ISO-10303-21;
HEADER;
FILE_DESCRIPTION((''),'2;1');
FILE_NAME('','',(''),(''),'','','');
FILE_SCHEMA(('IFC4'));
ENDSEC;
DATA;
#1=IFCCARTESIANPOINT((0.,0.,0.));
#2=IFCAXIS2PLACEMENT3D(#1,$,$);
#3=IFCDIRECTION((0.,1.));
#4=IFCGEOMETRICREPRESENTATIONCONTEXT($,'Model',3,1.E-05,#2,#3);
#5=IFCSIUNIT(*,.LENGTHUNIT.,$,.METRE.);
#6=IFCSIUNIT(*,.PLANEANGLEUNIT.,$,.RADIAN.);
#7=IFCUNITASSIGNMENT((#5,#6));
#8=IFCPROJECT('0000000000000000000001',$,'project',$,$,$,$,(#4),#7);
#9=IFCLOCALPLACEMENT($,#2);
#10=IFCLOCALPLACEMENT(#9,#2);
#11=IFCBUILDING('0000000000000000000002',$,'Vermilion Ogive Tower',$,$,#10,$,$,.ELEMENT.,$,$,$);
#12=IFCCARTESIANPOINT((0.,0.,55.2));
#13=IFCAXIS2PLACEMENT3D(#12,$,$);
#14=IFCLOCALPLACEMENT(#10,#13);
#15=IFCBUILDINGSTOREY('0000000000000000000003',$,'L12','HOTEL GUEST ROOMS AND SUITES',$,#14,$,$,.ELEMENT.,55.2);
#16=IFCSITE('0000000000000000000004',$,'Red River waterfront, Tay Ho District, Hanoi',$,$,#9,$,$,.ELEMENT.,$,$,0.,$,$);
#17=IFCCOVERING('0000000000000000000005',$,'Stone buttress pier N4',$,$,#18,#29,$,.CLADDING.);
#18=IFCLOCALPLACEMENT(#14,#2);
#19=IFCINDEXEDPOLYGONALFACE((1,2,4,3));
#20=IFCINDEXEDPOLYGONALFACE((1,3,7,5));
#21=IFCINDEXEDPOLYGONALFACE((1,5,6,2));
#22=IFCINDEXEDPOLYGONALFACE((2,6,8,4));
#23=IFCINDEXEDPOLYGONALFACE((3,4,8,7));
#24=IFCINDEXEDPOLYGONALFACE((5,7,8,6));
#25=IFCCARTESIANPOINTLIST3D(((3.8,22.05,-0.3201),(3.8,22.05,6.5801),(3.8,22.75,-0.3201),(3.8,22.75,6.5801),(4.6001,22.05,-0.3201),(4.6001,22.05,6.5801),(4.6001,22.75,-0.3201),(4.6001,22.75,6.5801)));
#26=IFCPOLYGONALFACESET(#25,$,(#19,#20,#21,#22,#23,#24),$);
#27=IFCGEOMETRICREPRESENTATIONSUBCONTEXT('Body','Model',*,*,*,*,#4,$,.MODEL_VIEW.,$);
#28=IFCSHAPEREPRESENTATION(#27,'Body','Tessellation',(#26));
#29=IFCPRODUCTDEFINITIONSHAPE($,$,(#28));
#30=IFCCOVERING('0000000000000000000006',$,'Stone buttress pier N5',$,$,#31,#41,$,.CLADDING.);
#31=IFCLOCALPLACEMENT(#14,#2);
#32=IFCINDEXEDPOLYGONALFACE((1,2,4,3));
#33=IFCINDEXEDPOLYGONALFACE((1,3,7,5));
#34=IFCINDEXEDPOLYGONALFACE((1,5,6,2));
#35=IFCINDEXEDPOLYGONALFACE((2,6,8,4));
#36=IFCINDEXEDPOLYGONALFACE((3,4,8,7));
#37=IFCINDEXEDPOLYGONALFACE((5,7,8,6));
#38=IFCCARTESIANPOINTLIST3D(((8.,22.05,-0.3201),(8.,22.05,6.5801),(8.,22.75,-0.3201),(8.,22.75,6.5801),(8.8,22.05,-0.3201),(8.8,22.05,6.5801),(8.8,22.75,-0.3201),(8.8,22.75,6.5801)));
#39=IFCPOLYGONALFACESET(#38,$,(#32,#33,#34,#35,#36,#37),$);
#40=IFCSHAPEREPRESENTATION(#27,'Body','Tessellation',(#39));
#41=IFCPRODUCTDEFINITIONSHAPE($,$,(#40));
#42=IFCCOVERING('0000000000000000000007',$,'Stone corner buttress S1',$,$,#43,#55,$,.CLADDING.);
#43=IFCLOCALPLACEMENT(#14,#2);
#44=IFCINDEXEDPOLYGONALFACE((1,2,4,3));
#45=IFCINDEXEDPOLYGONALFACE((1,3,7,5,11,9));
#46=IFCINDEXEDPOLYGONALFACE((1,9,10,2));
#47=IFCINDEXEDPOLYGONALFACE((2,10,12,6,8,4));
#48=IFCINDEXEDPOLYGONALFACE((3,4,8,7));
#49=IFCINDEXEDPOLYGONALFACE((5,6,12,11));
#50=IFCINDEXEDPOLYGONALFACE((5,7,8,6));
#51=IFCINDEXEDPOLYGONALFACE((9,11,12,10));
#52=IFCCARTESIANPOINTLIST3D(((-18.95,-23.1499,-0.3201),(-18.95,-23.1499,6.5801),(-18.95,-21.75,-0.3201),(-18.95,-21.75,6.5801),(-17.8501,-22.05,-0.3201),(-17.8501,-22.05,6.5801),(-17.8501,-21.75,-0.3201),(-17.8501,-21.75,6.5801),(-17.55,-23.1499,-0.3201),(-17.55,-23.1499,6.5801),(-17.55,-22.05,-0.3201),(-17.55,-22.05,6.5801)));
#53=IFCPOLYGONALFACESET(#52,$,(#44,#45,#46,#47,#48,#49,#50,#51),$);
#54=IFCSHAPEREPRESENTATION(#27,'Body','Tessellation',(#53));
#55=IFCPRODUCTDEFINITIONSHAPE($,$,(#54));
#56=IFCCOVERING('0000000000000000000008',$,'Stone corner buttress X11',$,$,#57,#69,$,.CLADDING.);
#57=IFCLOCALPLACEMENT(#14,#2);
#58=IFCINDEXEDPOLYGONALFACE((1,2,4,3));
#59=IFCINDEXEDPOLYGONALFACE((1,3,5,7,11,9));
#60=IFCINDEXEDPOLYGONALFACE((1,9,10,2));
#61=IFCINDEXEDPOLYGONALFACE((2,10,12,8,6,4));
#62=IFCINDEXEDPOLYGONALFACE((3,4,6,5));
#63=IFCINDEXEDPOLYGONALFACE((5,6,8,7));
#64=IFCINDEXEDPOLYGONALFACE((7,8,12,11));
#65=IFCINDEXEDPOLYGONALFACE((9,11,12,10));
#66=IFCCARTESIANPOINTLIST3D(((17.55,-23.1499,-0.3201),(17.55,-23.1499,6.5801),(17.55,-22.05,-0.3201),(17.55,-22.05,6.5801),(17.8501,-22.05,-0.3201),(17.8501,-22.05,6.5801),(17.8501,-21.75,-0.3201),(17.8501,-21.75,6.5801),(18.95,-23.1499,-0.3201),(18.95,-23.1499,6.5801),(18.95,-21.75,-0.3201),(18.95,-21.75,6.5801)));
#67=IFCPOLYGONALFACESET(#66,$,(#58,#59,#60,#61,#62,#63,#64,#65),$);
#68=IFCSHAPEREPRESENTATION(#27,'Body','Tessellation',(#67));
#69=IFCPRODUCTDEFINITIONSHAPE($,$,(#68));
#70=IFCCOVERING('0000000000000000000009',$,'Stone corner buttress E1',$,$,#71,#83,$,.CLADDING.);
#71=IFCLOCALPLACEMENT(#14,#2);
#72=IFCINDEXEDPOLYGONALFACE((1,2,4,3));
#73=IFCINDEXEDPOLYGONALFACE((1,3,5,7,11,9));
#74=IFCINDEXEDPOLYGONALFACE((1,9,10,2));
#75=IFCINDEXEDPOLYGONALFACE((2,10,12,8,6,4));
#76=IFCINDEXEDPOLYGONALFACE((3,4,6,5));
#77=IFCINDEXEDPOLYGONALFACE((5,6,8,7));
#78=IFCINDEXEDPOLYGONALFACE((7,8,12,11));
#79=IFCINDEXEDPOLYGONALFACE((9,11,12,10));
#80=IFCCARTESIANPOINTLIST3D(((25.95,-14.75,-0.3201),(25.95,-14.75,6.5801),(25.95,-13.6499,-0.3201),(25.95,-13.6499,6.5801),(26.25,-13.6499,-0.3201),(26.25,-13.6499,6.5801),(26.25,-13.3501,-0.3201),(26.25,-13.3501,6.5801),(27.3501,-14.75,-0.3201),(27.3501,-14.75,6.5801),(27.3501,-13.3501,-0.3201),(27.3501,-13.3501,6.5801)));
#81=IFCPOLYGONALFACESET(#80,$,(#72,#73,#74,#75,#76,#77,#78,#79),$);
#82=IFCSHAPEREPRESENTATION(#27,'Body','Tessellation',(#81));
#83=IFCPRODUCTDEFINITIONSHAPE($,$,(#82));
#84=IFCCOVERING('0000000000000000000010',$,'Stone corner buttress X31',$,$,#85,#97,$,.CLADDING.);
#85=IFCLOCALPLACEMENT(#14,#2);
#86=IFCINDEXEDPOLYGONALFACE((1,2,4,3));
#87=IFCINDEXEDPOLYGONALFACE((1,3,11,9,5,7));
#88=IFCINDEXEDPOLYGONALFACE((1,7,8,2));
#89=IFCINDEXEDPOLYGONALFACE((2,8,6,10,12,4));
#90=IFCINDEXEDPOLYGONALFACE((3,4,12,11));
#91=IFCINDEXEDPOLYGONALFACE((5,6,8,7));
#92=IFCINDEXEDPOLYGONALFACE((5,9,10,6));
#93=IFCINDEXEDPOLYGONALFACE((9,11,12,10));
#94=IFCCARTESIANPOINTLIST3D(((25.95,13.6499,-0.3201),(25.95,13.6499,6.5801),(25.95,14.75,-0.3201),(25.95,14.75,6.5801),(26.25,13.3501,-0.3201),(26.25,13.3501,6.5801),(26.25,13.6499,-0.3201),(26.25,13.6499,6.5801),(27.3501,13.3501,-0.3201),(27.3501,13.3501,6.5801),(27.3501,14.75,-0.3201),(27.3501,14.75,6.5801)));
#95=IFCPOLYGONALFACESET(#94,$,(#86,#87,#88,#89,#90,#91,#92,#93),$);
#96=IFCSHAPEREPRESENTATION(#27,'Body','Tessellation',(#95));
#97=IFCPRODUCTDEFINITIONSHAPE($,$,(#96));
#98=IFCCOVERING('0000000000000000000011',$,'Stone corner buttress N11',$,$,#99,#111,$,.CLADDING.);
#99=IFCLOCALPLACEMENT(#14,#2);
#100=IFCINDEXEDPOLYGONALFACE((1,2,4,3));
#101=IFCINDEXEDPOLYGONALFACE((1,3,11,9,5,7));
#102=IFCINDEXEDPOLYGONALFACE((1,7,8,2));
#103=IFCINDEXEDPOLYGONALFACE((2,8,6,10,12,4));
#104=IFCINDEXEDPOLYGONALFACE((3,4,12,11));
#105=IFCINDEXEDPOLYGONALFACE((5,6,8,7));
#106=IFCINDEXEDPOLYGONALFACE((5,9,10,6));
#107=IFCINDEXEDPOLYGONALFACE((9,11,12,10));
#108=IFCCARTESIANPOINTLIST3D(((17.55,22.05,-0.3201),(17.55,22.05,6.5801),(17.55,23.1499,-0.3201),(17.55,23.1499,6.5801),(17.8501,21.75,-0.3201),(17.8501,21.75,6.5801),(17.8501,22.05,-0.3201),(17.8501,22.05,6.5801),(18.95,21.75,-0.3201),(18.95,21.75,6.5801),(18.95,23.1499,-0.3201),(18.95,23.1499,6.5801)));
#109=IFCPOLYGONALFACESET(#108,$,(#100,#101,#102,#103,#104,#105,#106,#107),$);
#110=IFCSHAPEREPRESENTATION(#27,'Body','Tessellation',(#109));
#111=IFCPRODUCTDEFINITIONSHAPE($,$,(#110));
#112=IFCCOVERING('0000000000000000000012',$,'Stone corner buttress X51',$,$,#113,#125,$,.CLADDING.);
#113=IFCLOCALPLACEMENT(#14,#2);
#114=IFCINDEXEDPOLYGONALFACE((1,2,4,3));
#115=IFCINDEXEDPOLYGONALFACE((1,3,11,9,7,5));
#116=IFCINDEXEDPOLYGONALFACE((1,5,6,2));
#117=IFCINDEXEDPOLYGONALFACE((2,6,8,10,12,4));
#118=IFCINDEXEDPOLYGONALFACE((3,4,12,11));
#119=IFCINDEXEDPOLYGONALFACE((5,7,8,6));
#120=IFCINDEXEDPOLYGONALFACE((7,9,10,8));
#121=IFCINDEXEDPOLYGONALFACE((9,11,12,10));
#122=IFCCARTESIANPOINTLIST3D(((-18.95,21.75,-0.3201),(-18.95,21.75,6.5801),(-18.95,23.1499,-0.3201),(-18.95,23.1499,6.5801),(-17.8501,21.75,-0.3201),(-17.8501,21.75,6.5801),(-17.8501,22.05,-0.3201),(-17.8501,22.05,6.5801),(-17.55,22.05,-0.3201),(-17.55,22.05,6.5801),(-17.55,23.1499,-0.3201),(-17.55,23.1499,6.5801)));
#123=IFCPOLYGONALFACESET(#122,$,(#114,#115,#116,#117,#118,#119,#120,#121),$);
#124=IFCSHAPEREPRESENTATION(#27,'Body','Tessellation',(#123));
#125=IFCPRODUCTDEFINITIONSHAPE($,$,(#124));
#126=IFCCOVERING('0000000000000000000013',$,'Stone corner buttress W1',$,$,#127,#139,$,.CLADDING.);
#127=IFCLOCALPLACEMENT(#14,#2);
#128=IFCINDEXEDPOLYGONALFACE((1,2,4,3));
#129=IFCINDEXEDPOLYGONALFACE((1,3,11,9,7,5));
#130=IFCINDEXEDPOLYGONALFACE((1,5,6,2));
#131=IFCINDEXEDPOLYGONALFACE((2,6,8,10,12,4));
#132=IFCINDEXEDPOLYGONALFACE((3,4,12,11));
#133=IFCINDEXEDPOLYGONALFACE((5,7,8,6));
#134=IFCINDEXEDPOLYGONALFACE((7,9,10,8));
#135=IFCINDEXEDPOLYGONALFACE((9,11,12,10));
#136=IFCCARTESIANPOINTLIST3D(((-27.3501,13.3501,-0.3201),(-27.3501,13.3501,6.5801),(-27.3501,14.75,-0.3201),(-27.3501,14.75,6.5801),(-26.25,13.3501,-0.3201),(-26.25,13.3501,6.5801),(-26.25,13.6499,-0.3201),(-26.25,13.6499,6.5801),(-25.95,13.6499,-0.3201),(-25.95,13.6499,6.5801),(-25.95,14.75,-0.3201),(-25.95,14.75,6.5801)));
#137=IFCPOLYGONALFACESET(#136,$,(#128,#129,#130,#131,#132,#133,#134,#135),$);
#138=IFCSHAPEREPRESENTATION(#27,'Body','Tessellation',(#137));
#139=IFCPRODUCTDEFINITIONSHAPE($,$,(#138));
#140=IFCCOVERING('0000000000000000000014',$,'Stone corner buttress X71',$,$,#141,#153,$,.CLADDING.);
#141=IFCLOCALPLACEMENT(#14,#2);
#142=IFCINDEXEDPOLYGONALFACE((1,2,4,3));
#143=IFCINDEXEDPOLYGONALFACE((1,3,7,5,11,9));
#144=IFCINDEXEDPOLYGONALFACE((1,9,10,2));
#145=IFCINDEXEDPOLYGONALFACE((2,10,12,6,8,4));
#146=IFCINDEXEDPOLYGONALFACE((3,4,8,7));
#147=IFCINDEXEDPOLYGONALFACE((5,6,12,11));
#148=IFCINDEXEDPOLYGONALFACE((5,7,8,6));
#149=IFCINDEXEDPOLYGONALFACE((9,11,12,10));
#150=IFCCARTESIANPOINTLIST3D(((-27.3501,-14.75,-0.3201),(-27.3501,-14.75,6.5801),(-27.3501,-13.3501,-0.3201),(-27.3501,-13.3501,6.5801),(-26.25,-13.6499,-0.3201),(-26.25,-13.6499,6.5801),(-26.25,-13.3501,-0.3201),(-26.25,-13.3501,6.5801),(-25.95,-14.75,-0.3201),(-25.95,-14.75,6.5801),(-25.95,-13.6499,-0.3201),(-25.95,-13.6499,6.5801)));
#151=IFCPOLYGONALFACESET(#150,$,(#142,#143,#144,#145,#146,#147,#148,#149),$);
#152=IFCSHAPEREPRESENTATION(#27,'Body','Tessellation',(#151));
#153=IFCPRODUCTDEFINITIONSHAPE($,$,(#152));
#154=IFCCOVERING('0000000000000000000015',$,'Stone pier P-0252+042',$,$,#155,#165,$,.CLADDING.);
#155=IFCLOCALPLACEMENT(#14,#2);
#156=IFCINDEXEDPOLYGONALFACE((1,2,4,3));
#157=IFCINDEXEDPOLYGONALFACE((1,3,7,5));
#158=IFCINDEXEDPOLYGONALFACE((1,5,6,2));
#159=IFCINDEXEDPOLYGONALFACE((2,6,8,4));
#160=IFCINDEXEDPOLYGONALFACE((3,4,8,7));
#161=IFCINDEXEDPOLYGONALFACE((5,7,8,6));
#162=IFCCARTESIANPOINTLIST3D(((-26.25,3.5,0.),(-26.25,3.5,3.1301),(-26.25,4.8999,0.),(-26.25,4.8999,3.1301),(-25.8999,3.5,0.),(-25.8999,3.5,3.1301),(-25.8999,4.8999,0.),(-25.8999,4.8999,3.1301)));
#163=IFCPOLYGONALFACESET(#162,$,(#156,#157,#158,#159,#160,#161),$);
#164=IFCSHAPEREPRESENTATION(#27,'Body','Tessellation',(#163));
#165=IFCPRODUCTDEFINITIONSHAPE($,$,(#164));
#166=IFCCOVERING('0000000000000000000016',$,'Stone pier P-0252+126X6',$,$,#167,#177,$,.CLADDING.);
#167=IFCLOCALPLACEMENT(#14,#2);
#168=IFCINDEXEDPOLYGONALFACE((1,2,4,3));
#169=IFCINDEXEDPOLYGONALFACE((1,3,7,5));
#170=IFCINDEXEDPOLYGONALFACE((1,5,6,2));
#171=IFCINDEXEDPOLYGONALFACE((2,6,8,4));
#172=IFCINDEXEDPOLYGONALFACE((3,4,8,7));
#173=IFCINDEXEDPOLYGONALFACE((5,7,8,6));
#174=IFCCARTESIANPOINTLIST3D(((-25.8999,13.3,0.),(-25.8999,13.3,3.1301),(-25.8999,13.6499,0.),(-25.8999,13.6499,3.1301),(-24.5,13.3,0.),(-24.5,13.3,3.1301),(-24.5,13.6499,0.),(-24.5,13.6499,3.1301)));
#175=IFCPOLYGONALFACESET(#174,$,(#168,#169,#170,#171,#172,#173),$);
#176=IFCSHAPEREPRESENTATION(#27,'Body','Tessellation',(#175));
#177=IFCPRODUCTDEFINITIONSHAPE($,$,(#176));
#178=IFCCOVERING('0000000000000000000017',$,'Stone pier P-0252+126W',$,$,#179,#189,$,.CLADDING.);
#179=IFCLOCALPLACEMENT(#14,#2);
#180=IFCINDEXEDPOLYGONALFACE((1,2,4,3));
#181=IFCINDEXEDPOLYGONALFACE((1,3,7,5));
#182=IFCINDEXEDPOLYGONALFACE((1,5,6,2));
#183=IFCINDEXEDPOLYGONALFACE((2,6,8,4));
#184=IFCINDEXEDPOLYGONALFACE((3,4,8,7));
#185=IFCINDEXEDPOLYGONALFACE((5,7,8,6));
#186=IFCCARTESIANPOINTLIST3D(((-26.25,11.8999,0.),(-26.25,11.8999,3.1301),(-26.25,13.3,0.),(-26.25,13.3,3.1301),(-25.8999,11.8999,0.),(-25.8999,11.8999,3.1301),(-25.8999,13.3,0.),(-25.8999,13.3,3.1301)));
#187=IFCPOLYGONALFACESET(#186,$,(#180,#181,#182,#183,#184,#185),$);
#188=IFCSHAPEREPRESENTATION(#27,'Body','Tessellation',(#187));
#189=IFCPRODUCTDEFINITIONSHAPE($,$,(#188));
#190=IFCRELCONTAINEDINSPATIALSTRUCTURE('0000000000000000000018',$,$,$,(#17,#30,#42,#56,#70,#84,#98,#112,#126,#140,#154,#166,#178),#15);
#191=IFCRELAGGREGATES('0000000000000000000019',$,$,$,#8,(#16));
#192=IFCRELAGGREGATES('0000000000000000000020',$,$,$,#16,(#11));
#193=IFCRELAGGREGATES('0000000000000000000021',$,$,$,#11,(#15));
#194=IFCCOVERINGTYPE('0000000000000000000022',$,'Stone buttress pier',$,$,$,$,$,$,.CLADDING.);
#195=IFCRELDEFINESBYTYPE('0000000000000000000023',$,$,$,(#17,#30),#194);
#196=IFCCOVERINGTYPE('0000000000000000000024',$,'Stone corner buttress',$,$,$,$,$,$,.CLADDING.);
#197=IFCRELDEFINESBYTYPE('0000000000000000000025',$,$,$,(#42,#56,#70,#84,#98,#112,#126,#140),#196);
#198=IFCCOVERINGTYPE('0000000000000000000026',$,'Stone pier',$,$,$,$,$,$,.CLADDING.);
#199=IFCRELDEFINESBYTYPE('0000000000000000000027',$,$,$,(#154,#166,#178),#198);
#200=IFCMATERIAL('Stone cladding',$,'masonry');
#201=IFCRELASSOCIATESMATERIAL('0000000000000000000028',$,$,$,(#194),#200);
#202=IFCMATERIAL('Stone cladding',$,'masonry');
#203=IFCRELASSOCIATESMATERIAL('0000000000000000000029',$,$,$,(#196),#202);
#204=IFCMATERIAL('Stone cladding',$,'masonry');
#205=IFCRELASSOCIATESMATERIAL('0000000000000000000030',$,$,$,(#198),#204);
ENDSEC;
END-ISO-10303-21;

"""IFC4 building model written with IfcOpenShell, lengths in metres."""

from ifc_helpers import new_model, si_unit, direction, frame, origin, place, context, subcontext, project, spatial, polyline, outline, extrude, material, type_object, element, save


model = new_model("IFC4")

# Units and contexts
model_context = context("Model", 3, precision=1e-05, world=origin(), true_north=direction((0.0, 1.0)))
body_context = subcontext(model_context, "Body", "Model", "MODEL_VIEW")
ifc_project = project(units=[si_unit("LENGTHUNIT", "METRE"), si_unit("PLANEANGLEUNIT", "RADIAN")], contexts=[model_context])

# Site, building, storey
site_placement = place(None, origin())
site = spatial("IfcSite", under=ifc_project, at=site_placement, Name="Red River waterfront, Tay Ho District, Hanoi", CompositionType="ELEMENT", RefElevation=0.0)
building_placement = place(site_placement, origin())
building = spatial("IfcBuilding", under=site, at=building_placement, Name="Vermilion Ogive Tower", CompositionType="ELEMENT")
storey_placement = place(building_placement, frame((0.0, 0.0, 55.2)))
storey = spatial("IfcBuildingStorey", under=building, at=storey_placement, Name="L12", Description="HOTEL GUEST ROOMS AND SUITES", CompositionType="ELEMENT", Elevation=55.2)

# Coverings
ifc_material_1 = material(Name="Stone cladding", Category="masonry")
covering_type_1 = type_object("IfcCoveringType", Name="Stone buttress pier", PredefinedType="CLADDING", material=ifc_material_1)
covering_1_placement = place(storey_placement, frame((0.0, 0.0, -0.3201)))
element("IfcCovering", 1, at=covering_1_placement, inside=storey, type_object=covering_type_1, Name="Stone buttress pier N4", PredefinedType="CLADDING", context=body_context, shape_type="SweptSolid", body=[
    extrude(outline(polyline([(4.6001, 22.75), (4.6001, 22.05), (3.8, 22.05), (3.8, 22.75), (4.6001, 22.75)])), origin(), (0.0, 0.0, 1.0), 6.9001),
])
covering_2_placement = place(storey_placement, frame((0.0, 0.0, -0.3201)))
element("IfcCovering", 2, at=covering_2_placement, inside=storey, type_object=covering_type_1, Name="Stone buttress pier N5", PredefinedType="CLADDING", context=body_context, shape_type="SweptSolid", body=[
    extrude(outline(polyline([(8.8, 22.75), (8.8, 22.05), (8.0, 22.05), (8.0, 22.75), (8.8, 22.75)])), origin(), (0.0, 0.0, 1.0), 6.9001),
])
ifc_material_2 = material(Name="Stone cladding", Category="masonry")
covering_type_2 = type_object("IfcCoveringType", Name="Stone corner buttress", PredefinedType="CLADDING", material=ifc_material_2)
covering_3_placement = place(storey_placement, frame((0.0, 0.0, -0.3201)))
element("IfcCovering", 3, at=covering_3_placement, inside=storey, type_object=covering_type_2, Name="Stone corner buttress S1", PredefinedType="CLADDING", context=body_context, shape_type="SweptSolid", body=[
    extrude(outline(polyline([(-17.8501, -22.05), (-17.55, -22.05), (-17.55, -23.1499), (-18.95, -23.1499), (-18.95, -21.75), (-17.8501, -21.75), (-17.8501, -22.05)])), origin(), (0.0, 0.0, 1.0), 6.9001),
])
covering_4_placement = place(storey_placement, frame((0.0, 0.0, -0.3201)))
element("IfcCovering", 4, at=covering_4_placement, inside=storey, type_object=covering_type_2, Name="Stone corner buttress X11", PredefinedType="CLADDING", context=body_context, shape_type="SweptSolid", body=[
    extrude(outline(polyline([(17.55, -22.05), (17.8501, -22.05), (17.8501, -21.75), (18.95, -21.75), (18.95, -23.1499), (17.55, -23.1499), (17.55, -22.05)])), origin(), (0.0, 0.0, 1.0), 6.9001),
])
covering_5_placement = place(storey_placement, frame((0.0, 0.0, -0.3201)))
element("IfcCovering", 5, at=covering_5_placement, inside=storey, type_object=covering_type_2, Name="Stone corner buttress E1", PredefinedType="CLADDING", context=body_context, shape_type="SweptSolid", body=[
    extrude(outline(polyline([(25.95, -13.6499), (26.25, -13.6499), (26.25, -13.3501), (27.3501, -13.3501), (27.3501, -14.75), (25.95, -14.75), (25.95, -13.6499)])), origin(), (0.0, 0.0, 1.0), 6.9001),
])
covering_6_placement = place(storey_placement, frame((0.0, 0.0, -0.3201)))
element("IfcCovering", 6, at=covering_6_placement, inside=storey, type_object=covering_type_2, Name="Stone corner buttress X31", PredefinedType="CLADDING", context=body_context, shape_type="SweptSolid", body=[
    extrude(outline(polyline([(27.3501, 13.3501), (26.25, 13.3501), (26.25, 13.6499), (25.95, 13.6499), (25.95, 14.75), (27.3501, 14.75), (27.3501, 13.3501)])), origin(), (0.0, 0.0, 1.0), 6.9001),
])
covering_7_placement = place(storey_placement, frame((0.0, 0.0, -0.3201)))
element("IfcCovering", 7, at=covering_7_placement, inside=storey, type_object=covering_type_2, Name="Stone corner buttress N11", PredefinedType="CLADDING", context=body_context, shape_type="SweptSolid", body=[
    extrude(outline(polyline([(17.8501, 22.05), (17.55, 22.05), (17.55, 23.1499), (18.95, 23.1499), (18.95, 21.75), (17.8501, 21.75), (17.8501, 22.05)])), origin(), (0.0, 0.0, 1.0), 6.9001),
])
covering_8_placement = place(storey_placement, frame((0.0, 0.0, -0.3201)))
element("IfcCovering", 8, at=covering_8_placement, inside=storey, type_object=covering_type_2, Name="Stone corner buttress X51", PredefinedType="CLADDING", context=body_context, shape_type="SweptSolid", body=[
    extrude(outline(polyline([(-17.55, 23.1499), (-17.55, 22.05), (-17.8501, 22.05), (-17.8501, 21.75), (-18.95, 21.75), (-18.95, 23.1499), (-17.55, 23.1499)])), origin(), (0.0, 0.0, 1.0), 6.9001),
])
covering_9_placement = place(storey_placement, frame((0.0, 0.0, -0.3201)))
element("IfcCovering", 9, at=covering_9_placement, inside=storey, type_object=covering_type_2, Name="Stone corner buttress W1", PredefinedType="CLADDING", context=body_context, shape_type="SweptSolid", body=[
    extrude(outline(polyline([(-26.25, 13.6499), (-26.25, 13.3501), (-27.3501, 13.3501), (-27.3501, 14.75), (-25.95, 14.75), (-25.95, 13.6499), (-26.25, 13.6499)])), origin(), (0.0, 0.0, 1.0), 6.9001),
])
covering_10_placement = place(storey_placement, frame((0.0, 0.0, -0.3201)))
element("IfcCovering", 10, at=covering_10_placement, inside=storey, type_object=covering_type_2, Name="Stone corner buttress X71", PredefinedType="CLADDING", context=body_context, shape_type="SweptSolid", body=[
    extrude(outline(polyline([(-26.25, -13.3501), (-26.25, -13.6499), (-25.95, -13.6499), (-25.95, -14.75), (-27.3501, -14.75), (-27.3501, -13.3501), (-26.25, -13.3501)])), origin(), (0.0, 0.0, 1.0), 6.9001),
])
ifc_material_3 = material(Name="Stone cladding", Category="masonry")
covering_type_3 = type_object("IfcCoveringType", Name="Stone pier", PredefinedType="CLADDING", material=ifc_material_3)
covering_11_placement = place(storey_placement, origin())
element("IfcCovering", 11, at=covering_11_placement, inside=storey, type_object=covering_type_3, Name="Stone pier P-0252+042", PredefinedType="CLADDING", context=body_context, shape_type="SweptSolid", body=[
    extrude(outline(polyline([(-26.25, 3.5), (-26.25, 4.8999), (-25.8999, 4.8999), (-25.8999, 3.5), (-26.25, 3.5)])), origin(), (0.0, 0.0, 1.0), 3.1301),
])
covering_12_placement = place(storey_placement, origin())
element("IfcCovering", 12, at=covering_12_placement, inside=storey, type_object=covering_type_3, Name="Stone pier P-0252+126X6", PredefinedType="CLADDING", context=body_context, shape_type="SweptSolid", body=[
    extrude(outline(polyline([(-25.8999, 13.3), (-25.8999, 13.6499), (-24.5, 13.6499), (-24.5, 13.3), (-24.5, 13.3), (-25.8999, 13.3)])), origin(), (0.0, 0.0, 1.0), 3.1301),
])
covering_13_placement = place(storey_placement, origin())
element("IfcCovering", 13, at=covering_13_placement, inside=storey, type_object=covering_type_3, Name="Stone pier P-0252+126W", PredefinedType="CLADDING", context=body_context, shape_type="SweptSolid", body=[
    extrude(outline(polyline([(-26.25, 13.3), (-25.8999, 13.3), (-25.8999, 11.8999), (-26.25, 11.8999), (-26.25, 13.3)])), origin(), (0.0, 0.0, 1.0), 3.1301),
])

save(model, "model.ifc")
